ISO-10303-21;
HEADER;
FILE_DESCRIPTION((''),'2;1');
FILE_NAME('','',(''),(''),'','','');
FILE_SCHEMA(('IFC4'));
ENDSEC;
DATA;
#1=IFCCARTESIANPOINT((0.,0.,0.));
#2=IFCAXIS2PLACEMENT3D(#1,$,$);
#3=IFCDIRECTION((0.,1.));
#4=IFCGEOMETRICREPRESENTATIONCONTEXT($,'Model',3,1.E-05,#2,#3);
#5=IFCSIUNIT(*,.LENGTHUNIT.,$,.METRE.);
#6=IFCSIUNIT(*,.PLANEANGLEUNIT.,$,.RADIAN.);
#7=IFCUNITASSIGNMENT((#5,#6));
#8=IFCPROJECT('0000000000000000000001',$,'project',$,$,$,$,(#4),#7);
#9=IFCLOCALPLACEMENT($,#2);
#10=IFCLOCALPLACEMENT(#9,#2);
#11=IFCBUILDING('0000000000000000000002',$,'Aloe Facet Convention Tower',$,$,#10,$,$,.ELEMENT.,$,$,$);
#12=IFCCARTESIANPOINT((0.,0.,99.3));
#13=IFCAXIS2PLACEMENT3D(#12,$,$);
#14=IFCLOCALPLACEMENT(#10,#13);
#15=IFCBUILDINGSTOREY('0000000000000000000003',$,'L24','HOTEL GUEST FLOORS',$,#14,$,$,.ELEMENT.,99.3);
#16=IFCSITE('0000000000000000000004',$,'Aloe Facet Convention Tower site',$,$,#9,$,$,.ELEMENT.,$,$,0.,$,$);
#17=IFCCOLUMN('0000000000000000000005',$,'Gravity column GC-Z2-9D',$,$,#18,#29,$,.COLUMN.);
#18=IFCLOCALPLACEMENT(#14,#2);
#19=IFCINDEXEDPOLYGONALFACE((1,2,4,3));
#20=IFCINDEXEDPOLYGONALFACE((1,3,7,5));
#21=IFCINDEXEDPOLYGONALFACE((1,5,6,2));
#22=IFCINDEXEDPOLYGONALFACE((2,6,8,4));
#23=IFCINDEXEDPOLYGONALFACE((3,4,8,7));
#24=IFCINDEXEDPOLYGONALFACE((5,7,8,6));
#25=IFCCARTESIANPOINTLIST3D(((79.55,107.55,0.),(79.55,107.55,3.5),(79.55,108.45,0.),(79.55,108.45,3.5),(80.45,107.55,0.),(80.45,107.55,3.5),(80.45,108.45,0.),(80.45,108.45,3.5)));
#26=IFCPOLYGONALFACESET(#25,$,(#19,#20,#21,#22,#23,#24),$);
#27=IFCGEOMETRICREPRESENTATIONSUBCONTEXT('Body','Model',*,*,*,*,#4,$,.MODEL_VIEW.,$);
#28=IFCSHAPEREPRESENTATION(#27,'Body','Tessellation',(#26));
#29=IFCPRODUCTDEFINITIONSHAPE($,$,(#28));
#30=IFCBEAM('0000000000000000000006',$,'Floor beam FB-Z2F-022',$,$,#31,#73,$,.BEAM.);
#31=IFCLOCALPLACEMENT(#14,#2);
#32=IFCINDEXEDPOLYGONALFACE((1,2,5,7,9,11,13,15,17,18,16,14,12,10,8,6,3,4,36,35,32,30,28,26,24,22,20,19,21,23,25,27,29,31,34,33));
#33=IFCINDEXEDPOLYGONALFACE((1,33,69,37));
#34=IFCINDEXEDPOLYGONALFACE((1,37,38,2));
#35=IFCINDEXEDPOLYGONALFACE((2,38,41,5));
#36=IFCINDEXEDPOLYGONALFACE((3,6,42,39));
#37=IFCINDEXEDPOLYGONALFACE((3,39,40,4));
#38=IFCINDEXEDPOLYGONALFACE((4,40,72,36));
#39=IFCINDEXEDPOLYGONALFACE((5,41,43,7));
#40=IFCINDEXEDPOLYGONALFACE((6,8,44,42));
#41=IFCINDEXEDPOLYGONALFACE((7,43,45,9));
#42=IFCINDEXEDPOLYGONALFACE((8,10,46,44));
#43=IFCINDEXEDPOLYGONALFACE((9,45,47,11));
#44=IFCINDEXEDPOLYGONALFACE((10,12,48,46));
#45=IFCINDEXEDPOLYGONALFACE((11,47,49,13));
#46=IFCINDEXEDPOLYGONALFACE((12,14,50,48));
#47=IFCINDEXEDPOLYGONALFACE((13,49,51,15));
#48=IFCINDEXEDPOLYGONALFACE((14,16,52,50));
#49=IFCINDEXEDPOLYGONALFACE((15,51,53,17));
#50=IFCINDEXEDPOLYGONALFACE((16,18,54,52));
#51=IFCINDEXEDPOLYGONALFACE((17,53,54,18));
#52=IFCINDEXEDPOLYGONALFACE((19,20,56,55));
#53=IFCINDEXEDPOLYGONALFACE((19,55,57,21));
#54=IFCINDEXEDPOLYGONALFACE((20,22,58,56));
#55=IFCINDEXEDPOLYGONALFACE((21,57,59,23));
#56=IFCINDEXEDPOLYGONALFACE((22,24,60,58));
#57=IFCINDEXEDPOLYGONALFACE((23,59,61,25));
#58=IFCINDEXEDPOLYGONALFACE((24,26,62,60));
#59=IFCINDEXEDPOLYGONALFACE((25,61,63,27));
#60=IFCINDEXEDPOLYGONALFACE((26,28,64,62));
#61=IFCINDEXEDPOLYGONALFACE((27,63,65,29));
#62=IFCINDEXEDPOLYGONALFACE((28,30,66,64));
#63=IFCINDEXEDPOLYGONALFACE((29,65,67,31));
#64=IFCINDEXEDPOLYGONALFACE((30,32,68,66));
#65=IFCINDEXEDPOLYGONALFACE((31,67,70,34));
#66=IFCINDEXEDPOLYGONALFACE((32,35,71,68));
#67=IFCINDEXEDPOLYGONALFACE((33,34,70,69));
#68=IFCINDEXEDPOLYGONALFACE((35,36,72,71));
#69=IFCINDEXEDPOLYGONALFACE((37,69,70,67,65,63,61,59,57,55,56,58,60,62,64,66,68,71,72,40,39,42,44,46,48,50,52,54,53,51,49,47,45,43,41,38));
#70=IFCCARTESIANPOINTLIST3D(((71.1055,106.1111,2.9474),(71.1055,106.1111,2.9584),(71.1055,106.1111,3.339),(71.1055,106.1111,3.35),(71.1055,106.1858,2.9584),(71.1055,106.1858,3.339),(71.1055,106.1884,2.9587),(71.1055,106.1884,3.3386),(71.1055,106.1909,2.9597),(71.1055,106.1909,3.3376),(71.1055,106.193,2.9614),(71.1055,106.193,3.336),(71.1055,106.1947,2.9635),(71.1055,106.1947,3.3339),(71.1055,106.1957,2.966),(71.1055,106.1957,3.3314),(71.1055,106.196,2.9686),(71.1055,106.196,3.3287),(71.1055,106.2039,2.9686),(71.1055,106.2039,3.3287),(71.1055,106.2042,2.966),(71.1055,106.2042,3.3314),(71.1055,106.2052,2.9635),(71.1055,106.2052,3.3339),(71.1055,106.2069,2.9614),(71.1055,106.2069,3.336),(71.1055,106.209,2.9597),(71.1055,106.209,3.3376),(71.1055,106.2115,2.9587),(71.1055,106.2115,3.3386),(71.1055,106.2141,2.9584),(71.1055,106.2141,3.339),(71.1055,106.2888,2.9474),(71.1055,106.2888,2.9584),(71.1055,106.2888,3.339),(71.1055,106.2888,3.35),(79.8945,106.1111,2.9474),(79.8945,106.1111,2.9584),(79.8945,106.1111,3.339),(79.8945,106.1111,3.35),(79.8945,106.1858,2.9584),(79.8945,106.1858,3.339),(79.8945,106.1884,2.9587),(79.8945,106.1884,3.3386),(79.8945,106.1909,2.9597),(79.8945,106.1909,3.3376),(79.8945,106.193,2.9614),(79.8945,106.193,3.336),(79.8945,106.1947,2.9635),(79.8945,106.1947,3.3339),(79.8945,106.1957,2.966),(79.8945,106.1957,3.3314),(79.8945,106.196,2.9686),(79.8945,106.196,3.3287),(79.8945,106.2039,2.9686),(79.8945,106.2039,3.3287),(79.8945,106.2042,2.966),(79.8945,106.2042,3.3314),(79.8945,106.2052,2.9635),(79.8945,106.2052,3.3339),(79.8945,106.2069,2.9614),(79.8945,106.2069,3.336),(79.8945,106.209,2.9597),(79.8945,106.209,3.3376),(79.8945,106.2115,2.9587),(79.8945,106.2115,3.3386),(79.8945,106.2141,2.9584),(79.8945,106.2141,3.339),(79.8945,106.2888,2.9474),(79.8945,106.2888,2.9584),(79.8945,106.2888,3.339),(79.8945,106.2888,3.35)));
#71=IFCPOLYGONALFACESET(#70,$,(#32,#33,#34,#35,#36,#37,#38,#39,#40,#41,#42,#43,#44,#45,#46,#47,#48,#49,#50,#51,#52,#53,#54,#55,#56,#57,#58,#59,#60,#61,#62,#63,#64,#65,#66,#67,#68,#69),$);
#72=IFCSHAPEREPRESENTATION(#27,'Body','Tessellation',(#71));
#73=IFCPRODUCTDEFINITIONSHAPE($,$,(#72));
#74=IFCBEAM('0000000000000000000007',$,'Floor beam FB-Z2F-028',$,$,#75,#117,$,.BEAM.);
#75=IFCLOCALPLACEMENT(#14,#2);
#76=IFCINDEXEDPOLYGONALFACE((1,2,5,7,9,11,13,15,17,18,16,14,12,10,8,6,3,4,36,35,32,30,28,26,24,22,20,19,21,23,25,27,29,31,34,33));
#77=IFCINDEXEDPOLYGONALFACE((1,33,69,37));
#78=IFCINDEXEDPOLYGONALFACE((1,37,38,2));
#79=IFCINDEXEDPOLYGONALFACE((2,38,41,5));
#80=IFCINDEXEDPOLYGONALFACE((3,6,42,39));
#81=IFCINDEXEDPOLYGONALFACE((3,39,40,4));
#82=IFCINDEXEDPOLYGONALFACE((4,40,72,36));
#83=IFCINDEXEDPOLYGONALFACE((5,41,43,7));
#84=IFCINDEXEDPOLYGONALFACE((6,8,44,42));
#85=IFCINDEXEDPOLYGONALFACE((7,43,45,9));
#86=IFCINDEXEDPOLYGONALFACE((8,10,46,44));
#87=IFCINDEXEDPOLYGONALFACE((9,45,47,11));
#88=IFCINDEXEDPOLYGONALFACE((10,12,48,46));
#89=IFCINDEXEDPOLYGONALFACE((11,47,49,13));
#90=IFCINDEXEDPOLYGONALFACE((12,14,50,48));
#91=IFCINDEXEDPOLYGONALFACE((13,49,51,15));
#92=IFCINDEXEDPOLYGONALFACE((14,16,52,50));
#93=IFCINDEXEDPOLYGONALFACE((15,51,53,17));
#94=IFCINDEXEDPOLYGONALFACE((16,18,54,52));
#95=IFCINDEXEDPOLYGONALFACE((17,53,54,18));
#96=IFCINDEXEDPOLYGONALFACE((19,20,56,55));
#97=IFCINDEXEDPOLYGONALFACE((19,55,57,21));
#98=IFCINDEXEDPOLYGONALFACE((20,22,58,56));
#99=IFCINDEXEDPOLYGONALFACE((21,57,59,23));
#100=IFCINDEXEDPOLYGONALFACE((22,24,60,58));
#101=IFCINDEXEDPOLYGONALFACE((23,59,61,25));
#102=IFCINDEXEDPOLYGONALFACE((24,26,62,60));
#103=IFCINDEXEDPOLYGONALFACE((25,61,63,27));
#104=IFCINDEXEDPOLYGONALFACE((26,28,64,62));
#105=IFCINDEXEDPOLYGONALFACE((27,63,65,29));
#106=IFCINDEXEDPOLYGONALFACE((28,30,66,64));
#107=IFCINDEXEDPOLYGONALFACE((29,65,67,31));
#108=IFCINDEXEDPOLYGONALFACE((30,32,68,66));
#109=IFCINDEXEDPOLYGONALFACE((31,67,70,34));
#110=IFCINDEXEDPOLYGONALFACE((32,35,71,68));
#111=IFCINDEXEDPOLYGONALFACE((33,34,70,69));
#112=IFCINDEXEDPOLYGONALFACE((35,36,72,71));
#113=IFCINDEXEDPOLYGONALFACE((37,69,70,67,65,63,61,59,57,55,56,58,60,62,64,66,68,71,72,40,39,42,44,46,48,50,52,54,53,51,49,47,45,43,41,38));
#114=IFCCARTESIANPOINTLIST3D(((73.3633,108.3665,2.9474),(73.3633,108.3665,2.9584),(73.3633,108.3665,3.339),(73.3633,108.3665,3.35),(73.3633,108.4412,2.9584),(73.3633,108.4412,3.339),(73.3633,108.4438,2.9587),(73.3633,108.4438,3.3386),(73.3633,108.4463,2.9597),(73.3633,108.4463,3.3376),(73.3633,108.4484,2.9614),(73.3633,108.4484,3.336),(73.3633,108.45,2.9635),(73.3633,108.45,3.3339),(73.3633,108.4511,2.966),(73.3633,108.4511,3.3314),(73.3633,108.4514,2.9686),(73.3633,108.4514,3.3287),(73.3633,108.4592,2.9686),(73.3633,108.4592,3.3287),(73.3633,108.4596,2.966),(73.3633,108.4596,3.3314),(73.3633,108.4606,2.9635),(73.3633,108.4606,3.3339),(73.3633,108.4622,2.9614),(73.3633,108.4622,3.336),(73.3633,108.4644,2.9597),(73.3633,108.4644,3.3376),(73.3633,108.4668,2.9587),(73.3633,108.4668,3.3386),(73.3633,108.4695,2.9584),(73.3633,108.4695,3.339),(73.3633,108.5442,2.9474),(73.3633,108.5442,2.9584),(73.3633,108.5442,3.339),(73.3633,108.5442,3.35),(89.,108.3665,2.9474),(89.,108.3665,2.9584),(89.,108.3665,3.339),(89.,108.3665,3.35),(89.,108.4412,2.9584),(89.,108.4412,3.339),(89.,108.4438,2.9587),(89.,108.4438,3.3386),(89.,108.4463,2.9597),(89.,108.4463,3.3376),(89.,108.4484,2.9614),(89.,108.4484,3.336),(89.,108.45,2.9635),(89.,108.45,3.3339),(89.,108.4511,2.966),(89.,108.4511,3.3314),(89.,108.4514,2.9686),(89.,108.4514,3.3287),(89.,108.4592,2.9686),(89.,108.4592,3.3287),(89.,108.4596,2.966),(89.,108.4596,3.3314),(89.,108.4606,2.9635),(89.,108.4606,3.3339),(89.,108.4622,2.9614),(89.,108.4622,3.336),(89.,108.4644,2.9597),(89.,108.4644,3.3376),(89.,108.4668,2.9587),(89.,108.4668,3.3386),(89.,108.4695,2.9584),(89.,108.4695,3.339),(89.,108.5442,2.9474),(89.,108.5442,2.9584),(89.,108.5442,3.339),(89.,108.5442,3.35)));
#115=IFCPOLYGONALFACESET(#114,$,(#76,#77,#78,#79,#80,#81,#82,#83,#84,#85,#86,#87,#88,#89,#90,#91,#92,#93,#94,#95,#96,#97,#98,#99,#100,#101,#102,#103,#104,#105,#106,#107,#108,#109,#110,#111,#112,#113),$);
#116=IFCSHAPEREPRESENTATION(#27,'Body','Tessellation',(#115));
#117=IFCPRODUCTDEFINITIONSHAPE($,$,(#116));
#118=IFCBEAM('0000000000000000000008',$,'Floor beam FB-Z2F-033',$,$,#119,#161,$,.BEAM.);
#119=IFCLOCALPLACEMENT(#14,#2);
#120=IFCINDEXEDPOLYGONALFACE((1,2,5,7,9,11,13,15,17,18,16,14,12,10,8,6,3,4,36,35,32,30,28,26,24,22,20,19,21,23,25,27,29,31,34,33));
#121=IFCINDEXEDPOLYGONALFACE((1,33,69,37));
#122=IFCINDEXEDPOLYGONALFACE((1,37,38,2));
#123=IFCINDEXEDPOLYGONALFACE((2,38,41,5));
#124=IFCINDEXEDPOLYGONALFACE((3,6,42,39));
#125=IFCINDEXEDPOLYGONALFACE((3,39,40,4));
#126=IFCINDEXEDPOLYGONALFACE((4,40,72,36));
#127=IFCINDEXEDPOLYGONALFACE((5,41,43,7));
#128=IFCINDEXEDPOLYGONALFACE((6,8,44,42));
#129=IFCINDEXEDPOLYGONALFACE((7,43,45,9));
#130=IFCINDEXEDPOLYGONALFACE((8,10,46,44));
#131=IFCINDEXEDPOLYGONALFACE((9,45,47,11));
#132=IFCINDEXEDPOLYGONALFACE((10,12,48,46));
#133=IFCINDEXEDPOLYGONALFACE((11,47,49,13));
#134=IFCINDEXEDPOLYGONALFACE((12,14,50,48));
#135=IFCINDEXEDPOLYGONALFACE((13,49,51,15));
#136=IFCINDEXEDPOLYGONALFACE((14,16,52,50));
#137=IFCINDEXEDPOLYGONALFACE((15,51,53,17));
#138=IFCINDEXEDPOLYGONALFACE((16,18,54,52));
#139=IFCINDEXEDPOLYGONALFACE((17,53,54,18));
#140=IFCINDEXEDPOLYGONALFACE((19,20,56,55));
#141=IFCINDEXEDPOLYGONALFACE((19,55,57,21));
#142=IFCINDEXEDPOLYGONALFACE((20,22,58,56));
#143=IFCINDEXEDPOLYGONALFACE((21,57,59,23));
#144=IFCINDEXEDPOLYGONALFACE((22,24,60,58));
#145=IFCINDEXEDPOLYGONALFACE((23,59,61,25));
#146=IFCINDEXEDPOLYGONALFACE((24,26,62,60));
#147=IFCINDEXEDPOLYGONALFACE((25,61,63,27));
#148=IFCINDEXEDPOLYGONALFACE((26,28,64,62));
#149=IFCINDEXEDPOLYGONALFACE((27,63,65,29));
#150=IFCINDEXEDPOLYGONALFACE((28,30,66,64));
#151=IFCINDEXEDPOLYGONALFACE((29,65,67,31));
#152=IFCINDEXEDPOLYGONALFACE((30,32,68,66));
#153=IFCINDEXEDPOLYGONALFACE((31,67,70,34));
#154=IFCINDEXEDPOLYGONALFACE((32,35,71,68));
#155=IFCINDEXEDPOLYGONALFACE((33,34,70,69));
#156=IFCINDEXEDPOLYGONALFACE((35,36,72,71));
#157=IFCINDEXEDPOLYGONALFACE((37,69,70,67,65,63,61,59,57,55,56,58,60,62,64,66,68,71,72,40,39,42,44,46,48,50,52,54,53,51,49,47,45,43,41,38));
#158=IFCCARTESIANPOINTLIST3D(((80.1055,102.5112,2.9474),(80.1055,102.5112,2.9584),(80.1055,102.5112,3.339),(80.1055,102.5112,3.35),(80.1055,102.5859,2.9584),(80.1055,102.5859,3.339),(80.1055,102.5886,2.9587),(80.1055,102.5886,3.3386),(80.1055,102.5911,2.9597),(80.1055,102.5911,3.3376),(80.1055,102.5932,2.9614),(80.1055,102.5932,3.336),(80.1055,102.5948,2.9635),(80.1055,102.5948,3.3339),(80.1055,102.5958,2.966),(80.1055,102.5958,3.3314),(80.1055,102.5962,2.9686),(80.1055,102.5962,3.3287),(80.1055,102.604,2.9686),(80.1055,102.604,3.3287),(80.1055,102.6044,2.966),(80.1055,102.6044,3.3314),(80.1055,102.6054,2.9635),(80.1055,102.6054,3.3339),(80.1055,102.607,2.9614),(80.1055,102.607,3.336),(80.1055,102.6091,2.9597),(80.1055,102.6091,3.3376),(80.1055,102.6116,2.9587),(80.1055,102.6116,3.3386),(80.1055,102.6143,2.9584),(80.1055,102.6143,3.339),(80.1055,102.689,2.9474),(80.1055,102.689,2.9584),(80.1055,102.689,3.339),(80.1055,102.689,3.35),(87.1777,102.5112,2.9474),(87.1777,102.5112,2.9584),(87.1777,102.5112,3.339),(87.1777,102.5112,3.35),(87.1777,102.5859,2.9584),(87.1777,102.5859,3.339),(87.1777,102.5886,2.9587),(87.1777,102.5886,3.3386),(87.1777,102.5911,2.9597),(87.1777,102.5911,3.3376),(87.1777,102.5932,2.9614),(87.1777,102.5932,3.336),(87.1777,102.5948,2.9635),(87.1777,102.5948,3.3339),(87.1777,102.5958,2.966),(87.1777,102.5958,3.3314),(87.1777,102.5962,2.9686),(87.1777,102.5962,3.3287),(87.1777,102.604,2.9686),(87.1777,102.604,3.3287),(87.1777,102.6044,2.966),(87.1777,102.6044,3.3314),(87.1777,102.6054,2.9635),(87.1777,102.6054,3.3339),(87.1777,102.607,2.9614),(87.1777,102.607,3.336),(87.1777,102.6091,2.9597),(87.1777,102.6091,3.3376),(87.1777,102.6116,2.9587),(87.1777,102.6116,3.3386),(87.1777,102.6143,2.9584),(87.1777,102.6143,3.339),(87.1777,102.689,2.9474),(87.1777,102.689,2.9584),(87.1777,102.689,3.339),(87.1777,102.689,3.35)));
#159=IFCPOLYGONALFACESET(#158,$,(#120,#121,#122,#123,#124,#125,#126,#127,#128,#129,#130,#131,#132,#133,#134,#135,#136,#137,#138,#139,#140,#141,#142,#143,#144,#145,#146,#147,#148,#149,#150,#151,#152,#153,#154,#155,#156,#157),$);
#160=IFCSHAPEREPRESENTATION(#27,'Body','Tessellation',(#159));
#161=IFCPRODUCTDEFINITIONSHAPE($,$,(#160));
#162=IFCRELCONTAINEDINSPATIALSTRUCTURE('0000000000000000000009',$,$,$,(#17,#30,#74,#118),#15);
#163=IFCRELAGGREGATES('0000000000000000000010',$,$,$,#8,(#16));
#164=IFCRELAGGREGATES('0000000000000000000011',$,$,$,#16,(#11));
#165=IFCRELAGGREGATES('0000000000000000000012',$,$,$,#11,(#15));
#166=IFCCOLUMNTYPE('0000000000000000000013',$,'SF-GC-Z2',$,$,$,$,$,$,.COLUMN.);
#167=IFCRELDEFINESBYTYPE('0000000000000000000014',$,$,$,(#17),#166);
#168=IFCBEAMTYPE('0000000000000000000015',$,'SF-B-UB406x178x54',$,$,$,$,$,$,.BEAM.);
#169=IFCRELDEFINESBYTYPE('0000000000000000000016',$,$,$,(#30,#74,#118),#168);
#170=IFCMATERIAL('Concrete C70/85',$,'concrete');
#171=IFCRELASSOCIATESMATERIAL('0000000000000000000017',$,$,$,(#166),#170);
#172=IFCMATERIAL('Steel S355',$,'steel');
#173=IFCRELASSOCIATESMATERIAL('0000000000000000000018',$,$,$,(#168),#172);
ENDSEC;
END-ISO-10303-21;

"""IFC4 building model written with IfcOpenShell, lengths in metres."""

from ifc_helpers import new_model, si_unit, direction, frame, origin, origin_2d, place, context, subcontext, project, spatial, rectangle, i_section, extrude, material, material_profile, profile_set, type_object, element, save


model = new_model("IFC4")

# Units and contexts
model_context = context("Model", 3, precision=1e-05, world=origin(), true_north=direction((0.0, 1.0)))
body_context = subcontext(model_context, "Body", "Model", "MODEL_VIEW")
ifc_project = project(units=[si_unit("LENGTHUNIT", "METRE"), si_unit("PLANEANGLEUNIT", "RADIAN")], contexts=[model_context])

# Site, building, storey
site_placement = place(None, origin())
site = spatial("IfcSite", under=ifc_project, at=site_placement, Name="Aloe Facet Convention Tower site", CompositionType="ELEMENT", RefElevation=0.0)
building_placement = place(site_placement, origin())
building = spatial("IfcBuilding", under=site, at=building_placement, Name="Aloe Facet Convention Tower", CompositionType="ELEMENT")
storey_placement = place(building_placement, frame((0.0, 0.0, 99.3)))
storey = spatial("IfcBuildingStorey", under=building, at=storey_placement, Name="L24", Description="HOTEL GUEST FLOORS", CompositionType="ELEMENT", Elevation=99.3)

# Column
ifc_material_1 = material(Name="Concrete C70/85", Category="concrete")
ifc_material_profile_1 = material_profile(ifc_material_1, rectangle(XDim=0.8999, YDim=0.8999, at=origin_2d()), Name="SF-GC-Z2")
ifc_profile_set_1 = profile_set([ifc_material_profile_1], Name="Concrete C70/85")
column_type = type_object("IfcColumnType", Name="SF-GC-Z2", PredefinedType="COLUMN", material=ifc_profile_set_1)
column_placement = place(storey_placement, frame((80.0, 108.0, 0.0), z_axis=(0.0, 0.0, 1.0), x_axis=(1.0, 0.0, 0.0)))
element("IfcColumn", 1, at=column_placement, inside=storey, type_object=column_type, Name="Gravity column GC-Z2-9D", PredefinedType="COLUMN", context=body_context, shape_type="SweptSolid", body=[
    extrude(rectangle(XDim=0.8999, YDim=0.8999, at=origin_2d()), origin(), (0.0, 0.0, 1.0), 3.5),
])

# Beams
ifc_material_2 = material(Name="Steel S355", Category="steel")
ifc_material_profile_2 = material_profile(ifc_material_2, i_section(OverallWidth=0.1777, OverallDepth=0.4026, WebThickness=0.0078, FlangeThickness=0.011, FilletRadius=0.0103, at=origin_2d()), Name="UB 406x178x54")
ifc_profile_set_2 = profile_set([ifc_material_profile_2], Name="Steel S355")
beam_type_1 = type_object("IfcBeamType", Name="SF-B-UB406x178x54", PredefinedType="BEAM", material=ifc_profile_set_2)
beam_1_placement = place(storey_placement, frame((71.1055, 106.2, 3.1487), z_axis=(1.0, 0.0, 0.0), x_axis=(0.0, 1.0, 0.0)))
element("IfcBeam", 2, at=beam_1_placement, inside=storey, type_object=beam_type_1, Name="Floor beam FB-Z2F-022", PredefinedType="BEAM", context=body_context, shape_type="SweptSolid", body=[
    extrude(i_section(OverallWidth=0.1777, OverallDepth=0.4026, WebThickness=0.0078, FlangeThickness=0.011, FilletRadius=0.0103, at=origin_2d()), origin(), (0.0, 0.0, 1.0), 8.7891),
])
beam_2_placement = place(storey_placement, frame((73.3633, 108.4553, 3.1487), z_axis=(1.0, 0.0, 0.0), x_axis=(0.0, 1.0, 0.0)))
element("IfcBeam", 3, at=beam_2_placement, inside=storey, type_object=beam_type_1, Name="Floor beam FB-Z2F-028", PredefinedType="BEAM", context=body_context, shape_type="SweptSolid", body=[
    extrude(i_section(OverallWidth=0.1777, OverallDepth=0.4026, WebThickness=0.0078, FlangeThickness=0.011, FilletRadius=0.0103, at=origin_2d()), origin(), (0.0, 0.0, 1.0), 15.6367),
])
beam_3_placement = place(storey_placement, frame((80.1055, 102.6001, 3.1487), z_axis=(1.0, 0.0, 0.0), x_axis=(0.0, 1.0, 0.0)))
element("IfcBeam", 4, at=beam_3_placement, inside=storey, type_object=beam_type_1, Name="Floor beam FB-Z2F-033", PredefinedType="BEAM", context=body_context, shape_type="SweptSolid", body=[
    extrude(i_section(OverallWidth=0.1777, OverallDepth=0.4026, WebThickness=0.0078, FlangeThickness=0.011, FilletRadius=0.0103, at=origin_2d()), origin(), (0.0, 0.0, 1.0), 7.0723),
])

save(model, "model.ifc")
